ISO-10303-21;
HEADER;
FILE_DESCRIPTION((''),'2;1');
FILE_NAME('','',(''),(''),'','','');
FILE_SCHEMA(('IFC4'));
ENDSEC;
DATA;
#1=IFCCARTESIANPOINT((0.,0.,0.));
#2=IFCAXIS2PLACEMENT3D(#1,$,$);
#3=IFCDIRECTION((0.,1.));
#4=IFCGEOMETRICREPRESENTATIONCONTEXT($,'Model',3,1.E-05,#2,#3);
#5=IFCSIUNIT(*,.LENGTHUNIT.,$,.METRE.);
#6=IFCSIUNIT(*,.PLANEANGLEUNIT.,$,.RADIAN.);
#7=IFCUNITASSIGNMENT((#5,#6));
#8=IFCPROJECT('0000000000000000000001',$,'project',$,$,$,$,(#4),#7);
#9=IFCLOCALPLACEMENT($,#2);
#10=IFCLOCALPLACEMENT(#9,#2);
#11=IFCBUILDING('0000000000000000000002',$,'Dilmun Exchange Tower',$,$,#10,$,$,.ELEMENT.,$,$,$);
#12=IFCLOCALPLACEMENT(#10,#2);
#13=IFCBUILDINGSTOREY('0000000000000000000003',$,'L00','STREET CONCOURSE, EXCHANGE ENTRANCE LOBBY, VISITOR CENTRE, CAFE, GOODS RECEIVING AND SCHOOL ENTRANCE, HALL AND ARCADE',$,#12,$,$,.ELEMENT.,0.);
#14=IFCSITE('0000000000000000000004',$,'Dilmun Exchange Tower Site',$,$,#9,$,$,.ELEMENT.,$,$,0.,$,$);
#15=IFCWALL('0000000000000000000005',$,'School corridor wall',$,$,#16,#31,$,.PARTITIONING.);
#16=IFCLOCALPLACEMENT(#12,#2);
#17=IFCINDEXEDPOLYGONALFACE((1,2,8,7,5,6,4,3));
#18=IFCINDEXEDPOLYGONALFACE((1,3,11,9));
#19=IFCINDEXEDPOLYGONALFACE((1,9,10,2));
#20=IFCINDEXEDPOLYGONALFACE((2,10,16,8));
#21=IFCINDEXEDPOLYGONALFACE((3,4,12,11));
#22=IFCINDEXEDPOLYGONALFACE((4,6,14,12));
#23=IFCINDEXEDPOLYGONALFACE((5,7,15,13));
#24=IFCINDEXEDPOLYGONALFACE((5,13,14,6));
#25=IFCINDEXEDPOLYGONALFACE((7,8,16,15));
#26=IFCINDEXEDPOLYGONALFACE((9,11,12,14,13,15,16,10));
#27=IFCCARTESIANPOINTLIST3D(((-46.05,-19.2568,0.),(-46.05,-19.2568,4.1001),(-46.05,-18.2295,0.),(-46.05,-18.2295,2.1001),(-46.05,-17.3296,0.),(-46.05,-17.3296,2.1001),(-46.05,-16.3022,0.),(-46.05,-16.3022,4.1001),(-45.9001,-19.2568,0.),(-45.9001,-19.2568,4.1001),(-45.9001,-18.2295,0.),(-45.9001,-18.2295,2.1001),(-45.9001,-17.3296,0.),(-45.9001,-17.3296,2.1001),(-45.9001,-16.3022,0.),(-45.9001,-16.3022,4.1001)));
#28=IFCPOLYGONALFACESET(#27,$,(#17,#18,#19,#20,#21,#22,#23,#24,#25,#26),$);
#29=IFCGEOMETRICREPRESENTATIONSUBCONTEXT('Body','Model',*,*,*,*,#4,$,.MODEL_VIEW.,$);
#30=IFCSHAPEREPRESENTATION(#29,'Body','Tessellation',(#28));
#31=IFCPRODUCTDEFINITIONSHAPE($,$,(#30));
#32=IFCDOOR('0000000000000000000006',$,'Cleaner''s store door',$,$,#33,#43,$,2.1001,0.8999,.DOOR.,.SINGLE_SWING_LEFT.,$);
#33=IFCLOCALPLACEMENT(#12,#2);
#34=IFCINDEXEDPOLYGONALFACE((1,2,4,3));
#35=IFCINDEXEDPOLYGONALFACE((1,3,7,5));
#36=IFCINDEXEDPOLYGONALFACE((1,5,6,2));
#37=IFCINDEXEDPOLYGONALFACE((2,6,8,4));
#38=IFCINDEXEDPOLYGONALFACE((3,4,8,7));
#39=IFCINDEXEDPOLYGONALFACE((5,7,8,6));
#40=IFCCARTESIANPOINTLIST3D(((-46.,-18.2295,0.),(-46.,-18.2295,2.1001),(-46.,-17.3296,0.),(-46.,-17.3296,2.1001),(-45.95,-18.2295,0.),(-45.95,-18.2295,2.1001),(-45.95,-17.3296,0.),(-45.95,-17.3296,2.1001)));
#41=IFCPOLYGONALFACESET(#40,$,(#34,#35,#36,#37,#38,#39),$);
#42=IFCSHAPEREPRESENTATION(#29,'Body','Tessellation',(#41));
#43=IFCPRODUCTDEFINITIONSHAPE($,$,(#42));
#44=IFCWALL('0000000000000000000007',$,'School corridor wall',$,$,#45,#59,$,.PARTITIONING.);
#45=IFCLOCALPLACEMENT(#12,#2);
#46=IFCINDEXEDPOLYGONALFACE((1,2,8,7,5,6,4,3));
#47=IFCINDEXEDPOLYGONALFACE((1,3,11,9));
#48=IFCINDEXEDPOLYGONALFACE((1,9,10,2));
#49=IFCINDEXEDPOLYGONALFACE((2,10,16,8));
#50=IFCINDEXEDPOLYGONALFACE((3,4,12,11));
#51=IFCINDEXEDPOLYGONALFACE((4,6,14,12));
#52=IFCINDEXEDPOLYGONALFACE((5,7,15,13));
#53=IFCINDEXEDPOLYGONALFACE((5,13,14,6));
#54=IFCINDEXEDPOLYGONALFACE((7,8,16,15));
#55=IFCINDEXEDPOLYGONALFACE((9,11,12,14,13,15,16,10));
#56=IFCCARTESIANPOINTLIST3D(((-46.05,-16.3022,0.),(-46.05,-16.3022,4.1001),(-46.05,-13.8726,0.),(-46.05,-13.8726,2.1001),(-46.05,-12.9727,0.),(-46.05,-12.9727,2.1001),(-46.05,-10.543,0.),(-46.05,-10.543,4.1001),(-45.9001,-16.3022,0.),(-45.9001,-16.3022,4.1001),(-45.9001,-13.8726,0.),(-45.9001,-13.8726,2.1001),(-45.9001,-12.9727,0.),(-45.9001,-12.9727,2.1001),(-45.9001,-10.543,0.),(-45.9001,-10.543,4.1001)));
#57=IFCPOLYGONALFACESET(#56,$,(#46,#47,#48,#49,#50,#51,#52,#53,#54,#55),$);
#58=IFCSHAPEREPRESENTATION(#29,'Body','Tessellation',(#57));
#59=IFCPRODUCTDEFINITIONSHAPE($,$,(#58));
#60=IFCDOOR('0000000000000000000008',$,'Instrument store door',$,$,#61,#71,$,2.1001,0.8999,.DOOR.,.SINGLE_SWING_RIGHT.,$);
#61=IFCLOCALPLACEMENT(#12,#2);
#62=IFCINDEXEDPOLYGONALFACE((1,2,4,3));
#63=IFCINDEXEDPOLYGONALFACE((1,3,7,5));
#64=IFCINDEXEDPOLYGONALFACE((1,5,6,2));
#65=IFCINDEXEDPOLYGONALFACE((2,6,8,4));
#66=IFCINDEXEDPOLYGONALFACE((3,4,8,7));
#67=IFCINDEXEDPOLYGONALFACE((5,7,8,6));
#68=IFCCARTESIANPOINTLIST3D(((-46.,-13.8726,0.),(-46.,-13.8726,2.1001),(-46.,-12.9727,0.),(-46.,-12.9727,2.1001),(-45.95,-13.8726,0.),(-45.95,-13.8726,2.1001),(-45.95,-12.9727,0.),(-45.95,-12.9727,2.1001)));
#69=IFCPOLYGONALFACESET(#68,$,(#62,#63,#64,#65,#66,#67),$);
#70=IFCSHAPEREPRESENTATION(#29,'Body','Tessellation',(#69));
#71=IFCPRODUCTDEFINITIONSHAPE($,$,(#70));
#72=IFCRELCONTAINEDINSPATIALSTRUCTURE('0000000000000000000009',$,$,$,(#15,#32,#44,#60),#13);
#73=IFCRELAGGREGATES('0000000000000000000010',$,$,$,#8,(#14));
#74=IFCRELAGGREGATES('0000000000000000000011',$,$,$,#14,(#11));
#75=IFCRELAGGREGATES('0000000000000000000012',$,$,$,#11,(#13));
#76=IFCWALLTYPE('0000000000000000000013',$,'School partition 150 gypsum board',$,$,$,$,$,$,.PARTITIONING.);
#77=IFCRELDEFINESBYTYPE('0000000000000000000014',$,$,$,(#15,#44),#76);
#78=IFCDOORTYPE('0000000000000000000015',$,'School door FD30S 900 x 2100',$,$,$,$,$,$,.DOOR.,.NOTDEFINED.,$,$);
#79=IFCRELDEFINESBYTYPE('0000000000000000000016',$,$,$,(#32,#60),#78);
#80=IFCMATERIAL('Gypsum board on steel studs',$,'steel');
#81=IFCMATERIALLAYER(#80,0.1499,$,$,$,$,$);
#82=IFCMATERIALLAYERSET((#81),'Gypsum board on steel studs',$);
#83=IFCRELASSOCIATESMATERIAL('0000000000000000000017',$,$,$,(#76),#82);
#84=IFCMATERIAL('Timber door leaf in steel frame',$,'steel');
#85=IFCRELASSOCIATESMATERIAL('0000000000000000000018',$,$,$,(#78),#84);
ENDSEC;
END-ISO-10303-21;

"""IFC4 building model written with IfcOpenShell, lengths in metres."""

from ifc_helpers import new_model, si_unit, direction, frame, frame_2d, origin, place, context, subcontext, project, spatial, rectangle, extrude, material, layer, layer_set, type_object, element, fill, save


model = new_model("IFC4")

# Units and contexts
model_context = context("Model", 3, precision=1e-05, world=origin(), true_north=direction((0.0, 1.0)))
body_context = subcontext(model_context, "Body", "Model", "MODEL_VIEW")
ifc_project = project(units=[si_unit("LENGTHUNIT", "METRE"), si_unit("PLANEANGLEUNIT", "RADIAN")], contexts=[model_context])

# Site, building, storey
site_placement = place(None, origin())
site = spatial("IfcSite", under=ifc_project, at=site_placement, Name="Dilmun Exchange Tower Site", CompositionType="ELEMENT", RefElevation=0.0)
building_placement = place(site_placement, origin())
building = spatial("IfcBuilding", under=site, at=building_placement, Name="Dilmun Exchange Tower", CompositionType="ELEMENT")
storey_placement = place(building_placement, origin())
storey = spatial("IfcBuildingStorey", under=building, at=storey_placement, Name="L00", Description="STREET CONCOURSE, EXCHANGE ENTRANCE LOBBY, VISITOR CENTRE, CAFE, GOODS RECEIVING AND SCHOOL ENTRANCE, HALL AND ARCADE", CompositionType="ELEMENT", Elevation=0.0)

# Shared definitions
ifc_material_1 = material(Name="Gypsum board on steel studs", Category="steel")
ifc_layer_1 = layer(ifc_material_1, 0.1499)
ifc_layer_set_1 = layer_set([ifc_layer_1], Name="Gypsum board on steel studs")
wall_type_1 = type_object("IfcWallType", Name="School partition 150 gypsum board", PredefinedType="PARTITIONING", material=ifc_layer_set_1)

# Shared definitions
ifc_material_2 = material(Name="Timber door leaf in steel frame", Category="steel")

# Walls, openings, doors
wall_1_placement = place(storey_placement, frame((-45.9751, -19.2568, 0.0), z_axis=(0.0, 0.0, 1.0), x_axis=(0.0, 1.0, 0.0)))
wall_1 = element("IfcWall", 1, at=wall_1_placement, inside=storey, type_object=wall_type_1, Name="School corridor wall", PredefinedType="PARTITIONING", context=body_context, shape_type="SweptSolid", body=[
    extrude(rectangle(XDim=2.9546, YDim=0.1499, at=frame_2d((1.4773, 0.0))), origin(), (0.0, 0.0, 1.0), 4.1001),
])
opening_1_placement = place(wall_1_placement, frame((1.0273, 0.0, 0.0)))
opening_1 = element("IfcOpeningElement", 2, at=opening_1_placement, cuts=wall_1, PredefinedType="OPENING", context=body_context, shape_type="SweptSolid", body=[
    extrude(rectangle(XDim=0.8999, YDim=2.1001, at=frame_2d((0.45, 1.05))), frame((0.0, 0.085, 0.0), z_axis=(0.0, -1.0, 0.0), x_axis=(1.0, 0.0, 0.0)), (0.0, 0.0, 1.0), 0.1699),
])
door_type_1 = type_object("IfcDoorType", Name="School door FD30S 900 x 2100", OperationType="NOTDEFINED", PredefinedType="DOOR", material=ifc_material_2)
door_1_placement = place(opening_1_placement, origin())
door_1 = element("IfcDoor", 3, at=door_1_placement, inside=storey, type_object=door_type_1, Name="Cleaner's store door", OperationType="SINGLE_SWING_LEFT", OverallHeight=2.1001, OverallWidth=0.8999, PredefinedType="DOOR", context=body_context, shape_type="SweptSolid", body=[
    extrude(rectangle(XDim=0.8999, YDim=2.1001, at=frame_2d((0.45, 1.05))), frame((0.0, 0.0249, 0.0), z_axis=(0.0, -1.0, 0.0), x_axis=(1.0, 0.0, 0.0)), (0.0, 0.0, 1.0), 0.05),
])
fill(opening_1, door_1)
wall_2_placement = place(storey_placement, frame((-45.9751, -16.3022, 0.0), z_axis=(0.0, 0.0, 1.0), x_axis=(0.0, 1.0, 0.0)))
wall_2 = element("IfcWall", 4, at=wall_2_placement, inside=storey, type_object=wall_type_1, Name="School corridor wall", PredefinedType="PARTITIONING", context=body_context, shape_type="SweptSolid", body=[
    extrude(rectangle(XDim=5.7593, YDim=0.1499, at=frame_2d((2.8796, 0.0))), origin(), (0.0, 0.0, 1.0), 4.1001),
])
opening_2_placement = place(wall_2_placement, frame((2.4297, 0.0, 0.0)))
opening_2 = element("IfcOpeningElement", 5, at=opening_2_placement, cuts=wall_2, PredefinedType="OPENING", context=body_context, shape_type="SweptSolid", body=[
    extrude(rectangle(XDim=0.8999, YDim=2.1001, at=frame_2d((0.45, 1.05))), frame((0.0, 0.085, 0.0), z_axis=(0.0, -1.0, 0.0), x_axis=(1.0, 0.0, 0.0)), (0.0, 0.0, 1.0), 0.1699),
])
door_2_placement = place(opening_2_placement, origin())
door_2 = element("IfcDoor", 6, at=door_2_placement, inside=storey, type_object=door_type_1, Name="Instrument store door", OperationType="SINGLE_SWING_RIGHT", OverallHeight=2.1001, OverallWidth=0.8999, PredefinedType="DOOR", context=body_context, shape_type="SweptSolid", body=[
    extrude(rectangle(XDim=0.8999, YDim=2.1001, at=frame_2d((0.45, 1.05))), frame((0.0, 0.0249, 0.0), z_axis=(0.0, -1.0, 0.0), x_axis=(1.0, 0.0, 0.0)), (0.0, 0.0, 1.0), 0.05),
])
fill(opening_2, door_2)

save(model, "model.ifc")
